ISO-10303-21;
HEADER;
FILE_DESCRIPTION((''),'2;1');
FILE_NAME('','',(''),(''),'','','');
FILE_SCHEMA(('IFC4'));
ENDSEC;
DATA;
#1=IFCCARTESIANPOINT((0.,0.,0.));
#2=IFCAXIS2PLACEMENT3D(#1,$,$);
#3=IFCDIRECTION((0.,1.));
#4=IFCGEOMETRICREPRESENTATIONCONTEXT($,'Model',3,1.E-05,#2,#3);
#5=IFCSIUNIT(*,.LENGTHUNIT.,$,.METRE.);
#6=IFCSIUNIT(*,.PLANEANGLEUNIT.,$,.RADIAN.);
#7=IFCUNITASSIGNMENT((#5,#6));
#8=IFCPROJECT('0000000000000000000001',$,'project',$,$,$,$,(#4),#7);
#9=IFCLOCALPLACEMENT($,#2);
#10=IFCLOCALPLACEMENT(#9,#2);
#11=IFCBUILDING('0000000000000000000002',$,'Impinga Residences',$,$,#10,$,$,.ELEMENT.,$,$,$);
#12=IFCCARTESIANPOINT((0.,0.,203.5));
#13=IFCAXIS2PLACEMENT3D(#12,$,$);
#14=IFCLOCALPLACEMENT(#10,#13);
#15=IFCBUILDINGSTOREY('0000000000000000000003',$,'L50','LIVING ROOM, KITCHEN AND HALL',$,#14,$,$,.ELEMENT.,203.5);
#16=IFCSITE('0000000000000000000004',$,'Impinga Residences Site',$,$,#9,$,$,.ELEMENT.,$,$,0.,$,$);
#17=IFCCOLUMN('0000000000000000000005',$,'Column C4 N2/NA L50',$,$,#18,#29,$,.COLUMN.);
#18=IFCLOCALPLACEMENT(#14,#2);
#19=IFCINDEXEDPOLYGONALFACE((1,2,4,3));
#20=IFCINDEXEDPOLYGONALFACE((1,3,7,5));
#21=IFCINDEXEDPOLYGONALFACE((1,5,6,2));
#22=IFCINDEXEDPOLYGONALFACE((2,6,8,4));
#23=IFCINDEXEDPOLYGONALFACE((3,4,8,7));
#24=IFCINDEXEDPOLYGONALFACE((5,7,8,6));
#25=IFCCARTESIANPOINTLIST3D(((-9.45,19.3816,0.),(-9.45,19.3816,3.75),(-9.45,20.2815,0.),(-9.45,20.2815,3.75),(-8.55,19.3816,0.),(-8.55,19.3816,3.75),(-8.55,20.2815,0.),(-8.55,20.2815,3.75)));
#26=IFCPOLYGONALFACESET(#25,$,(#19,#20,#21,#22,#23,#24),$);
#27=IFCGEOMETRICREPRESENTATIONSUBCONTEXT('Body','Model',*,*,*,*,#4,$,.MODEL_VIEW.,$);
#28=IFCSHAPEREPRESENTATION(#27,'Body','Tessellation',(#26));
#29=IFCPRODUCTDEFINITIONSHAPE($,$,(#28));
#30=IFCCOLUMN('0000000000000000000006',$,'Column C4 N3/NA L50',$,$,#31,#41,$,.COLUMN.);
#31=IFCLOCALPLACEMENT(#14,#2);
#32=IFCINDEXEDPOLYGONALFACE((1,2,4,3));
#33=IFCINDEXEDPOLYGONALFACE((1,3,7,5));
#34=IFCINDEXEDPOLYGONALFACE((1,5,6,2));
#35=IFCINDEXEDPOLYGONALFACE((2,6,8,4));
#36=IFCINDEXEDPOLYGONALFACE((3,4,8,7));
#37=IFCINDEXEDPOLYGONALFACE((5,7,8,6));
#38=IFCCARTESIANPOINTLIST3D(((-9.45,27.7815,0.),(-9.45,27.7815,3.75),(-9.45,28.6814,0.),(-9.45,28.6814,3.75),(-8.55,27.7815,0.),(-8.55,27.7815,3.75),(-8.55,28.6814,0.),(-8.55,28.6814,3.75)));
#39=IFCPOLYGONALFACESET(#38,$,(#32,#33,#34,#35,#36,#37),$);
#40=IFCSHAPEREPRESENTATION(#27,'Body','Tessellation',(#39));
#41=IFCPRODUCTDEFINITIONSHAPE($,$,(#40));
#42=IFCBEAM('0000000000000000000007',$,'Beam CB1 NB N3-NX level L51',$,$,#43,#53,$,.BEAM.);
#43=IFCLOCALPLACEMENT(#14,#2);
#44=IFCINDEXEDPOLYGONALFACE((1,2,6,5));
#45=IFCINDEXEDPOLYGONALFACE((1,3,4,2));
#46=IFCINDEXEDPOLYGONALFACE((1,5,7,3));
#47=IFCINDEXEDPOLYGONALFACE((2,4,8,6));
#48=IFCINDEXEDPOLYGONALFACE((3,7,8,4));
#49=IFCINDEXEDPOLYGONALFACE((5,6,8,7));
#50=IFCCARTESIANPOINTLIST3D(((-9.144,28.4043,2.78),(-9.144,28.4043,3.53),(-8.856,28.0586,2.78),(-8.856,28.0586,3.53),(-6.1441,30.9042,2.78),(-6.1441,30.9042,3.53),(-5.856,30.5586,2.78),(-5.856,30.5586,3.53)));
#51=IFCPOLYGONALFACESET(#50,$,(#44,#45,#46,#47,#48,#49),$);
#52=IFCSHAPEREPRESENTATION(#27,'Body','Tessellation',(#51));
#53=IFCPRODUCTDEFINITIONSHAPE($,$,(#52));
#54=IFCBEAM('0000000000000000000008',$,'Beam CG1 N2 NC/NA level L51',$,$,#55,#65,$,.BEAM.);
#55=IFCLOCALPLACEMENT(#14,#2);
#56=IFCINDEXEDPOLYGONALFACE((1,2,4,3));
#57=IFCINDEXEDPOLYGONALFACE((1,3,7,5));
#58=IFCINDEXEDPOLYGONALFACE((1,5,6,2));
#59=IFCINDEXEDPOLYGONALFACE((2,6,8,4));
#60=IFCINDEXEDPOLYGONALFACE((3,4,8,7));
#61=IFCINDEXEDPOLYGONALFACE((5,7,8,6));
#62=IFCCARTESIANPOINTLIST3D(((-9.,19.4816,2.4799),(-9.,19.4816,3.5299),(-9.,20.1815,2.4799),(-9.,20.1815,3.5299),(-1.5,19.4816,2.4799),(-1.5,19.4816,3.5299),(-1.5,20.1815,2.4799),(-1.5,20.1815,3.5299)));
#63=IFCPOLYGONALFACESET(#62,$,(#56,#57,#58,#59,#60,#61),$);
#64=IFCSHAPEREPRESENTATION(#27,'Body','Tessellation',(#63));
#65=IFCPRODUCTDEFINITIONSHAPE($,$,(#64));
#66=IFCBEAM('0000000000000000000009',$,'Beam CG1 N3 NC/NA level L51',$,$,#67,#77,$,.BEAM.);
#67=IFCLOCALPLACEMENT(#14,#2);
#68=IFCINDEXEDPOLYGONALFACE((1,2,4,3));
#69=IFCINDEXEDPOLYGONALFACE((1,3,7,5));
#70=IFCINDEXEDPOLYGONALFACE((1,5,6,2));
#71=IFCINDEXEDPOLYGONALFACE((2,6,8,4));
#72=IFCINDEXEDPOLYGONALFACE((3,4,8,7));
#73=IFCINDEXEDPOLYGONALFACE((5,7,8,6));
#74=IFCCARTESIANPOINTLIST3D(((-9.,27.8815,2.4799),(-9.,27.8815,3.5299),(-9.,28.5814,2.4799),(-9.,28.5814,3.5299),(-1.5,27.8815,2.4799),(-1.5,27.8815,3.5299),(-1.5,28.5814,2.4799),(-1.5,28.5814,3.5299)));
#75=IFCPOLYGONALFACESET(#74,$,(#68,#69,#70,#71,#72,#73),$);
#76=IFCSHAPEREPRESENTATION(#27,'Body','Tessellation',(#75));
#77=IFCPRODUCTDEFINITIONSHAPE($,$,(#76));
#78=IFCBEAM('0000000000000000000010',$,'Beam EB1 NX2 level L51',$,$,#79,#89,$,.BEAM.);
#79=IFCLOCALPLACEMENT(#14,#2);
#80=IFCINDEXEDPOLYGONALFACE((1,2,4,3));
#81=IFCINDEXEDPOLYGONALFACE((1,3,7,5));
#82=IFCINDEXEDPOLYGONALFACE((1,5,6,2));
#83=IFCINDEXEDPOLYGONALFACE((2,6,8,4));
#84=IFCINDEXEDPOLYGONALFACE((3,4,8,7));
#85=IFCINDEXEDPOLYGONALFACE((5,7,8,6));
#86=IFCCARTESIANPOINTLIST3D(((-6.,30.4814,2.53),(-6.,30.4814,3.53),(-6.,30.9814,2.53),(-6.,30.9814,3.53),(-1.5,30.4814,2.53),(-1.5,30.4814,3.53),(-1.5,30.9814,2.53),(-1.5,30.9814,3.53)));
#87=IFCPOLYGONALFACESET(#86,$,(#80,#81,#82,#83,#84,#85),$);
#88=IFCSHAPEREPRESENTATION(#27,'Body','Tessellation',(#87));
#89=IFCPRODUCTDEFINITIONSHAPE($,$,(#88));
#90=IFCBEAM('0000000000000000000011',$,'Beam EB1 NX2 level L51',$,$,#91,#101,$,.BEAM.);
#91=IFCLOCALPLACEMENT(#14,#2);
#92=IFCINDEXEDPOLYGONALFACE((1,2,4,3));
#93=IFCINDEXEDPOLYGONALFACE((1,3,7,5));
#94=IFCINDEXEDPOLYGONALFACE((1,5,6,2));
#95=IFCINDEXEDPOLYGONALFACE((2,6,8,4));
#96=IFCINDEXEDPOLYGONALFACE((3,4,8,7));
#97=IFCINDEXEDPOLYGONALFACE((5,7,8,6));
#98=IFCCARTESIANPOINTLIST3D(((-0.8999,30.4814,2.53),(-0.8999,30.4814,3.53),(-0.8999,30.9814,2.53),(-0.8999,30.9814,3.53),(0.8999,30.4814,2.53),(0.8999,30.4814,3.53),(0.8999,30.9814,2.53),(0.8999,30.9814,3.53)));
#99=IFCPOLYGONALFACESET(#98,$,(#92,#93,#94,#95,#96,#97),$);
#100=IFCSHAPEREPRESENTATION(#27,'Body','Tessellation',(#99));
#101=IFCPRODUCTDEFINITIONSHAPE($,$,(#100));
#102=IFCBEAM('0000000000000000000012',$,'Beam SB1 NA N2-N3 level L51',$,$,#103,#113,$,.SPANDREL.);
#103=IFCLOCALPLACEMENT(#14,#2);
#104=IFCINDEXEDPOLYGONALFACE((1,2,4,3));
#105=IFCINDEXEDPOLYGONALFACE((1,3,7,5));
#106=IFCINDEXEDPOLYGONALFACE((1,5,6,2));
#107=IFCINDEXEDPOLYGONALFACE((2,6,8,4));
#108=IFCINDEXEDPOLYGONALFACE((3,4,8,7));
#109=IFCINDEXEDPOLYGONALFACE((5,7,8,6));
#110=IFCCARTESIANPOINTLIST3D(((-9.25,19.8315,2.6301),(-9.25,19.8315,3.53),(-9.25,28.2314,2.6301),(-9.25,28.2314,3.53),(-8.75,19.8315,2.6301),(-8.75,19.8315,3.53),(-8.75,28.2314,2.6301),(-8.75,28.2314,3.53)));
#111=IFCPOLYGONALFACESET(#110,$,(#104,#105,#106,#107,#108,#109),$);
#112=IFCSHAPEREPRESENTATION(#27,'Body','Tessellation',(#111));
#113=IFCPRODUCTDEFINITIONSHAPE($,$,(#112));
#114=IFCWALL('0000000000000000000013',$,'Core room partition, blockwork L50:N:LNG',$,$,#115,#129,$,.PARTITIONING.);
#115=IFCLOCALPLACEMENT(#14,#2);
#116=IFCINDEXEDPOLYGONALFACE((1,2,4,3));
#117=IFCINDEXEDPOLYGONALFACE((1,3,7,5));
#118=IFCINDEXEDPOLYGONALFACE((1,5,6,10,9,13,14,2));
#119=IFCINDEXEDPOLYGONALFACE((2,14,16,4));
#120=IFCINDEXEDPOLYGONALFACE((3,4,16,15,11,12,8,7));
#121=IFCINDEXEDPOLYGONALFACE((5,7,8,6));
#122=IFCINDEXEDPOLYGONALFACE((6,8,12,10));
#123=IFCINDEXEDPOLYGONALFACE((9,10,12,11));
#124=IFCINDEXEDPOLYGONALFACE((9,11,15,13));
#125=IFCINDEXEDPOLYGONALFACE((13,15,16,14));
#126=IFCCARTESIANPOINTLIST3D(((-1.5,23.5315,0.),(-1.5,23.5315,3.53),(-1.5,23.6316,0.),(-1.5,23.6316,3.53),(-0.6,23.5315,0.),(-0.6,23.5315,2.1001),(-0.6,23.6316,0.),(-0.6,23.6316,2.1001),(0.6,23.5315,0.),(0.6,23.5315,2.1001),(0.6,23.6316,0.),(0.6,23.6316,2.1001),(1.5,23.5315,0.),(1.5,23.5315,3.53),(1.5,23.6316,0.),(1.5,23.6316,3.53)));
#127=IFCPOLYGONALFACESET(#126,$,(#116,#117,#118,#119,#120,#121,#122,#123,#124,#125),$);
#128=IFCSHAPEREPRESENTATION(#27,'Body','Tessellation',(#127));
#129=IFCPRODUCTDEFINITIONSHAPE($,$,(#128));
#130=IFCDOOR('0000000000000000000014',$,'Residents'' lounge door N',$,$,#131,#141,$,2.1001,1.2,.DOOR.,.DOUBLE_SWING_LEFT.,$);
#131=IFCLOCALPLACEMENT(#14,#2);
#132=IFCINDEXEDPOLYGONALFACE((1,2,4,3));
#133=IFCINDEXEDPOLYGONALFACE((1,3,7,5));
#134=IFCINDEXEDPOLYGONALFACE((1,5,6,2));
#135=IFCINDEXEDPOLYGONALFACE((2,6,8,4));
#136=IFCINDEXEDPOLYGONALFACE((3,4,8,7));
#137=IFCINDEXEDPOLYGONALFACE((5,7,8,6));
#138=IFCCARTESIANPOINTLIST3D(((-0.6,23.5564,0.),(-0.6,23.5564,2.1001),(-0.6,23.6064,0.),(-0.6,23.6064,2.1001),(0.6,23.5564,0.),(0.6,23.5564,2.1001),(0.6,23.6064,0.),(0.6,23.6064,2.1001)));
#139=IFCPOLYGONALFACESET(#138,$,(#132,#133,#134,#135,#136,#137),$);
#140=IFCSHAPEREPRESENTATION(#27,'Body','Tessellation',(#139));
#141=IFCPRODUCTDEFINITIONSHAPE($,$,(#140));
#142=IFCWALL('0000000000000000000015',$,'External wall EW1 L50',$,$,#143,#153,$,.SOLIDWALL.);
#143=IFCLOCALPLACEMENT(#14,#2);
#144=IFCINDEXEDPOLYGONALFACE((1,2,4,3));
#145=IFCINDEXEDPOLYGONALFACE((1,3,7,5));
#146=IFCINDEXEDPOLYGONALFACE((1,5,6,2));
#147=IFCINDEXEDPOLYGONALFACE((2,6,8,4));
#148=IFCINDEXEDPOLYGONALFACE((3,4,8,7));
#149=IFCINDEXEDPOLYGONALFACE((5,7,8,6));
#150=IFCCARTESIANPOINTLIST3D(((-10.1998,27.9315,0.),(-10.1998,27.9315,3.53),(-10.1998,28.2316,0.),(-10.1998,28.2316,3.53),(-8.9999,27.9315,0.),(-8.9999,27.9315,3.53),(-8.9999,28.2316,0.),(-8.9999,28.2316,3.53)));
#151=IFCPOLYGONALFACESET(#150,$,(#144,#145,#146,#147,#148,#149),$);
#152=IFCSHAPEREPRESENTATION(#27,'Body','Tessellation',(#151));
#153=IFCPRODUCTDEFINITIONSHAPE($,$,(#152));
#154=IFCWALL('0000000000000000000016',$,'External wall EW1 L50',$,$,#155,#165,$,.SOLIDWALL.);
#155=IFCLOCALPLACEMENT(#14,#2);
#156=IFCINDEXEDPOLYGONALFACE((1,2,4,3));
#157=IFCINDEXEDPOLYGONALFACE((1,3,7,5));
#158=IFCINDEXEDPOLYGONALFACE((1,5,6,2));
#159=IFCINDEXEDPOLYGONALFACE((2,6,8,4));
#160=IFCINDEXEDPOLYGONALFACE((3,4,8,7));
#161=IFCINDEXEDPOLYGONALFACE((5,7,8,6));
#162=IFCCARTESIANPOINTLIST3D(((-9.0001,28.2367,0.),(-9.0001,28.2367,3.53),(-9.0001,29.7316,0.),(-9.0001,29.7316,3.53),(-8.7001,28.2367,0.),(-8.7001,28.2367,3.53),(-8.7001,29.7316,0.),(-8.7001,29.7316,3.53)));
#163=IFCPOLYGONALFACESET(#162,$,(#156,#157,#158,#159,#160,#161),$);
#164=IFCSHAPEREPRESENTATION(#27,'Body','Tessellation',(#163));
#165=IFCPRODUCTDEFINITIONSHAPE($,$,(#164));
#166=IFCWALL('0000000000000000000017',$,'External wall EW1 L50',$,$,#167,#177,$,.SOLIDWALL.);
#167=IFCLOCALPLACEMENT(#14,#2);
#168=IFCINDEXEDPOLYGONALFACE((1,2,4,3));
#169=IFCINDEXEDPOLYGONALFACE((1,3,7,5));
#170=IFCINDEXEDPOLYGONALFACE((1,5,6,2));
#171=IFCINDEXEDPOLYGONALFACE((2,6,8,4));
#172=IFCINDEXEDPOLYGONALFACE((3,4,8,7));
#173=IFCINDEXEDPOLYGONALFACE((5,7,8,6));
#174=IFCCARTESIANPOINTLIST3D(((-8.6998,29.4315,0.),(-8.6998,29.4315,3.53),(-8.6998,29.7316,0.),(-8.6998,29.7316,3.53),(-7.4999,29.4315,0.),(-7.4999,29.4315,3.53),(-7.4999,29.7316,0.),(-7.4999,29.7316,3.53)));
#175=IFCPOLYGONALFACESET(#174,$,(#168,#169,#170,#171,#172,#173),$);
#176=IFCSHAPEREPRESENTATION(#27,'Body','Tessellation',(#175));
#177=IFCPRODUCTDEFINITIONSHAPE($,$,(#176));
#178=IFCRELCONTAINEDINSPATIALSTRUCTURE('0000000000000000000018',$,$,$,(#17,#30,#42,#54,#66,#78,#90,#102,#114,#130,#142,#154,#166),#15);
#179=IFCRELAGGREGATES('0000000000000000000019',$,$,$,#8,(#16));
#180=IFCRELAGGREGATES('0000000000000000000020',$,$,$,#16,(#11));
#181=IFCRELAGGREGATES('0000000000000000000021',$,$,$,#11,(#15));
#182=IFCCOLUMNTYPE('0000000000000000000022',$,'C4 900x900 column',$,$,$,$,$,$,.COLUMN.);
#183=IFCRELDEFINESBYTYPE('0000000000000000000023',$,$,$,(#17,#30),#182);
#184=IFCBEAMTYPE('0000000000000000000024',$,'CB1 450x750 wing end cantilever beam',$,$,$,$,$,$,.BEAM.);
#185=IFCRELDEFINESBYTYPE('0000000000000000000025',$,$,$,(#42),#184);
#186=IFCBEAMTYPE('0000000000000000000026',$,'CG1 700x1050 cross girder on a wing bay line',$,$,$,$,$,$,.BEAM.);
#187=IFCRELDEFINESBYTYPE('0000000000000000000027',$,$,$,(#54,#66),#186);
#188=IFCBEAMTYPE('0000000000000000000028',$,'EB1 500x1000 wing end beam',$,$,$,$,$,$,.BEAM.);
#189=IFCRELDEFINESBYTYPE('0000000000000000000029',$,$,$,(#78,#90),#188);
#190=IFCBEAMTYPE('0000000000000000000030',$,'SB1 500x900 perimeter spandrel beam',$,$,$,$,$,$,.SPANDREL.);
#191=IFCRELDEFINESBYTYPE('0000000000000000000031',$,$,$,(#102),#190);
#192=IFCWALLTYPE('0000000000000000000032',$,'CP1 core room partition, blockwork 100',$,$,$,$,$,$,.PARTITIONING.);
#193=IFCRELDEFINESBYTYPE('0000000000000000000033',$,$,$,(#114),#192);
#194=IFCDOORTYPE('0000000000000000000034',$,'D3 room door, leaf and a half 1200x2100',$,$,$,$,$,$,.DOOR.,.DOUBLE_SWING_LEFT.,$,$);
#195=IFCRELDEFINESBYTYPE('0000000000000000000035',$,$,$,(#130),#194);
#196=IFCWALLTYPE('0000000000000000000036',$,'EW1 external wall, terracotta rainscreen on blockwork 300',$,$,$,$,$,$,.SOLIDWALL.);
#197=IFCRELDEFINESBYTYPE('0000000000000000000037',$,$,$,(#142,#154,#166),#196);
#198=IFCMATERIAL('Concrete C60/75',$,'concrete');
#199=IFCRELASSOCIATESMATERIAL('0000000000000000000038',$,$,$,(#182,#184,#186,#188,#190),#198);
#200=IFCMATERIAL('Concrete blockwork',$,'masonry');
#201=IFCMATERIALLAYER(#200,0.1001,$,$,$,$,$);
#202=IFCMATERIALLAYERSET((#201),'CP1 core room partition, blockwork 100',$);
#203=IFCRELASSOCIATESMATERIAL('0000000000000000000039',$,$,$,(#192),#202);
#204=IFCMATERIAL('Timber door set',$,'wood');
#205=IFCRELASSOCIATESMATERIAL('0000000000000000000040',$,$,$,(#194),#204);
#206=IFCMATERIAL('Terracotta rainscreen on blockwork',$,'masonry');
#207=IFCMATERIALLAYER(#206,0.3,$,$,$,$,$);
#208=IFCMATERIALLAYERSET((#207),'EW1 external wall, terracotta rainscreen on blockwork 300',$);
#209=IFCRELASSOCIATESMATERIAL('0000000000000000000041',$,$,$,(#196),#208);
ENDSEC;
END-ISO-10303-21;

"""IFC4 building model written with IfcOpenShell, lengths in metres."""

from ifc_helpers import new_model, si_unit, direction, frame, frame_2d, origin, origin_2d, place, context, subcontext, project, spatial, rectangle, extrude, material, layer, layer_set, material_profile, profile_set, type_object, element, fill, save


model = new_model("IFC4")

# Units and contexts
model_context = context("Model", 3, precision=1e-05, world=origin(), true_north=direction((0.0, 1.0)))
body_context = subcontext(model_context, "Body", "Model", "MODEL_VIEW")
ifc_project = project(units=[si_unit("LENGTHUNIT", "METRE"), si_unit("PLANEANGLEUNIT", "RADIAN")], contexts=[model_context])

# Site, building, storey
site_placement = place(None, origin())
site = spatial("IfcSite", under=ifc_project, at=site_placement, Name="Impinga Residences Site", CompositionType="ELEMENT", RefElevation=0.0)
building_placement = place(site_placement, origin())
building = spatial("IfcBuilding", under=site, at=building_placement, Name="Impinga Residences", CompositionType="ELEMENT")
storey_placement = place(building_placement, frame((0.0, 0.0, 203.5)))
storey = spatial("IfcBuildingStorey", under=building, at=storey_placement, Name="L50", Description="LIVING ROOM, KITCHEN AND HALL", CompositionType="ELEMENT", Elevation=203.5)

# Columns
ifc_material_1 = material(Name="Concrete C60/75", Category="concrete")
ifc_material_profile_1 = material_profile(ifc_material_1, rectangle(XDim=0.8999, YDim=0.8999, at=origin_2d()), Name="RC 900x900")
ifc_profile_set_1 = profile_set([ifc_material_profile_1], Name="Concrete C60/75")
column_type = type_object("IfcColumnType", Name="C4 900x900 column", PredefinedType="COLUMN", material=ifc_profile_set_1)
for number, where, z_axis, x_axis, name in (
    (1, (-9.0, 19.8315, 0.0), (0.0, 0.0, 1.0), (1.0, 0.0, 0.0), "Column C4 N2/NA L50"),
    (2, (-9.0, 28.2314, 0.0), (0.0, 0.0, 1.0), (1.0, 0.0, 0.0), "Column C4 N3/NA L50"),
):
    element("IfcColumn", number, at=place(storey_placement, frame(where, z_axis=z_axis, x_axis=x_axis)), inside=storey, type_object=column_type, Name=name, PredefinedType="COLUMN", context=body_context, shape_type="SweptSolid", body=[
        extrude(rectangle(XDim=0.8999, YDim=0.8999, at=origin_2d()), origin(), (0.0, 0.0, 1.0), 3.75),
    ])

# Beams
ifc_material_profile_2 = material_profile(ifc_material_1, rectangle(XDim=0.45, YDim=0.75, at=origin_2d()), Name="RC 450x750")
ifc_profile_set_2 = profile_set([ifc_material_profile_2], Name="Concrete C60/75")
beam_type_1 = type_object("IfcBeamType", Name="CB1 450x750 wing end cantilever beam", PredefinedType="BEAM", material=ifc_profile_set_2)
beam_1_placement = place(storey_placement, frame((-9.0, 28.2314, 3.155), z_axis=(0.768221, 0.640184, 0.0), x_axis=(-0.640184, 0.768221, 0.0)))
element("IfcBeam", 3, at=beam_1_placement, inside=storey, type_object=beam_type_1, Name="Beam CB1 NB N3-NX level L51", PredefinedType="BEAM", context=body_context, shape_type="SweptSolid", body=[
    extrude(rectangle(XDim=0.45, YDim=0.75, at=origin_2d()), origin(), (0.0, 0.0, 1.0), 3.905),
])
ifc_material_profile_3 = material_profile(ifc_material_1, rectangle(XDim=0.7, YDim=1.05, at=origin_2d()), Name="RC 700x1050")
ifc_profile_set_3 = profile_set([ifc_material_profile_3], Name="Concrete C60/75")
beam_type_2 = type_object("IfcBeamType", Name="CG1 700x1050 cross girder on a wing bay line", PredefinedType="BEAM", material=ifc_profile_set_3)
for number, where, z_axis, x_axis, name in (
    (4, (-1.5, 19.8315, 3.0049), (-1.0, 0.0, 0.0), (0.0, -1.0, 0.0), "Beam CG1 N2 NC/NA level L51"),
    (5, (-1.5, 28.2314, 3.0049), (-1.0, 0.0, 0.0), (0.0, -1.0, 0.0), "Beam CG1 N3 NC/NA level L51"),
):
    element("IfcBeam", number, at=place(storey_placement, frame(where, z_axis=z_axis, x_axis=x_axis)), inside=storey, type_object=beam_type_2, Name=name, PredefinedType="BEAM", context=body_context, shape_type="SweptSolid", body=[
        extrude(rectangle(XDim=0.7, YDim=1.05, at=origin_2d()), origin(), (0.0, 0.0, 1.0), 7.5),
    ])
ifc_material_profile_4 = material_profile(ifc_material_1, rectangle(XDim=0.5, YDim=1.0, at=origin_2d()), Name="RC 500x1000")
ifc_profile_set_4 = profile_set([ifc_material_profile_4], Name="Concrete C60/75")
beam_type_3 = type_object("IfcBeamType", Name="EB1 500x1000 wing end beam", PredefinedType="BEAM", material=ifc_profile_set_4)
beam_2_placement = place(storey_placement, frame((-6.0, 30.7314, 3.03), z_axis=(1.0, 0.0, 0.0), x_axis=(0.0, 1.0, 0.0)))
element("IfcBeam", 6, at=beam_2_placement, inside=storey, type_object=beam_type_3, Name="Beam EB1 NX2 level L51", PredefinedType="BEAM", context=body_context, shape_type="SweptSolid", body=[
    extrude(rectangle(XDim=0.5, YDim=1.0, at=origin_2d()), origin(), (0.0, 0.0, 1.0), 4.5),
])
beam_3_placement = place(storey_placement, frame((-0.8999, 30.7314, 3.03), z_axis=(1.0, 0.0, 0.0), x_axis=(0.0, 1.0, 0.0)))
element("IfcBeam", 7, at=beam_3_placement, inside=storey, type_object=beam_type_3, Name="Beam EB1 NX2 level L51", PredefinedType="BEAM", context=body_context, shape_type="SweptSolid", body=[
    extrude(rectangle(XDim=0.5, YDim=1.0, at=origin_2d()), origin(), (0.0, 0.0, 1.0), 1.7998),
])
ifc_material_profile_5 = material_profile(ifc_material_1, rectangle(XDim=0.5, YDim=0.8999, at=origin_2d()), Name="RC 500x900")
ifc_profile_set_5 = profile_set([ifc_material_profile_5], Name="Concrete C60/75")
beam_type_4 = type_object("IfcBeamType", Name="SB1 500x900 perimeter spandrel beam", PredefinedType="SPANDREL", material=ifc_profile_set_5)
beam_4_placement = place(storey_placement, frame((-9.0, 19.8315, 3.0801), z_axis=(0.0, 1.0, 0.0), x_axis=(-1.0, 0.0, 0.0)))
element("IfcBeam", 8, at=beam_4_placement, inside=storey, type_object=beam_type_4, Name="Beam SB1 NA N2-N3 level L51", PredefinedType="SPANDREL", context=body_context, shape_type="SweptSolid", body=[
    extrude(rectangle(XDim=0.5, YDim=0.8999, at=origin_2d()), origin(), (0.0, 0.0, 1.0), 8.3999),
])

# Wall, opening, door
ifc_material_2 = material(Name="Concrete blockwork", Category="masonry")
ifc_layer_1 = layer(ifc_material_2, 0.1001)
ifc_layer_set_1 = layer_set([ifc_layer_1], Name="CP1 core room partition, blockwork 100")
wall_type_1 = type_object("IfcWallType", Name="CP1 core room partition, blockwork 100", PredefinedType="PARTITIONING", material=ifc_layer_set_1)
wall_1_placement = place(storey_placement, frame((-1.5, 23.5815, 0.0), z_axis=(0.0, 0.0, 1.0), x_axis=(1.0, 0.0, 0.0)))
wall_1 = element("IfcWall", 9, at=wall_1_placement, inside=storey, type_object=wall_type_1, Name="Core room partition, blockwork L50:N:LNG", PredefinedType="PARTITIONING", context=body_context, shape_type="SweptSolid", body=[
    extrude(rectangle(XDim=3.0, YDim=0.1001, at=frame_2d((1.5, 0.0))), origin(), (0.0, 0.0, 1.0), 3.53),
])
opening_1_placement = place(wall_1_placement, frame((0.8999, 0.0, 0.0)))
opening_1 = element("IfcOpeningElement", 10, at=opening_1_placement, cuts=wall_1, PredefinedType="OPENING", context=body_context, shape_type="SweptSolid", body=[
    extrude(rectangle(XDim=1.2, YDim=2.1001, at=frame_2d((0.6001, 1.05))), frame((0.0, 0.0601, 0.0), z_axis=(0.0, -1.0, 0.0), x_axis=(1.0, 0.0, 0.0)), (0.0, 0.0, 1.0), 0.1201),
])
ifc_material_3 = material(Name="Timber door set", Category="wood")
door_type_1 = type_object("IfcDoorType", Name="D3 room door, leaf and a half 1200x2100", OperationType="DOUBLE_SWING_LEFT", PredefinedType="DOOR", material=ifc_material_3)
door_1_placement = place(opening_1_placement, origin())
door_1 = element("IfcDoor", 11, at=door_1_placement, inside=storey, type_object=door_type_1, Name="Residents' lounge door N", OperationType="DOUBLE_SWING_LEFT", OverallHeight=2.1001, OverallWidth=1.2, PredefinedType="DOOR", context=body_context, shape_type="SweptSolid", body=[
    extrude(rectangle(XDim=1.2, YDim=2.1001, at=frame_2d((0.6001, 1.05))), frame((0.0, 0.0249, 0.0), z_axis=(0.0, -1.0, 0.0), x_axis=(1.0, 0.0, 0.0)), (0.0, 0.0, 1.0), 0.05),
])
fill(opening_1, door_1)

# Walls
ifc_material_4 = material(Name="Terracotta rainscreen on blockwork", Category="masonry")
ifc_layer_2 = layer(ifc_material_4, 0.3)
ifc_layer_set_2 = layer_set([ifc_layer_2], Name="EW1 external wall, terracotta rainscreen on blockwork 300")
wall_type_2 = type_object("IfcWallType", Name="EW1 external wall, terracotta rainscreen on blockwork 300", PredefinedType="SOLIDWALL", material=ifc_layer_set_2)
wall_2_placement = place(storey_placement, frame((-10.2, 28.0815, 0.0), z_axis=(0.0, 0.0, 1.0), x_axis=(1.0, 0.0, 0.0)))
element("IfcWall", 12, at=wall_2_placement, inside=storey, type_object=wall_type_2, Name="External wall EW1 L50", PredefinedType="SOLIDWALL", context=body_context, shape_type="SweptSolid", body=[
    extrude(rectangle(XDim=1.2, YDim=0.3, at=frame_2d((0.6001, 0.0))), origin(), (0.0, 0.0, 1.0), 3.53),
])
wall_3_placement = place(storey_placement, frame((-8.8501, 28.2366, 0.0), z_axis=(0.0, 0.0, 1.0), x_axis=(0.0, 1.0, 0.0)))
element("IfcWall", 13, at=wall_3_placement, inside=storey, type_object=wall_type_2, Name="External wall EW1 L50", PredefinedType="SOLIDWALL", context=body_context, shape_type="SweptSolid", body=[
    extrude(rectangle(XDim=1.4949, YDim=0.3, at=frame_2d((0.7476, 0.0))), origin(), (0.0, 0.0, 1.0), 3.53),
])
wall_4_placement = place(storey_placement, frame((-8.7, 29.5815, 0.0), z_axis=(0.0, 0.0, 1.0), x_axis=(1.0, 0.0, 0.0)))
element("IfcWall", 14, at=wall_4_placement, inside=storey, type_object=wall_type_2, Name="External wall EW1 L50", PredefinedType="SOLIDWALL", context=body_context, shape_type="SweptSolid", body=[
    extrude(rectangle(XDim=1.2, YDim=0.3, at=frame_2d((0.6001, 0.0))), origin(), (0.0, 0.0, 1.0), 3.53),
])

save(model, "model.ifc")
